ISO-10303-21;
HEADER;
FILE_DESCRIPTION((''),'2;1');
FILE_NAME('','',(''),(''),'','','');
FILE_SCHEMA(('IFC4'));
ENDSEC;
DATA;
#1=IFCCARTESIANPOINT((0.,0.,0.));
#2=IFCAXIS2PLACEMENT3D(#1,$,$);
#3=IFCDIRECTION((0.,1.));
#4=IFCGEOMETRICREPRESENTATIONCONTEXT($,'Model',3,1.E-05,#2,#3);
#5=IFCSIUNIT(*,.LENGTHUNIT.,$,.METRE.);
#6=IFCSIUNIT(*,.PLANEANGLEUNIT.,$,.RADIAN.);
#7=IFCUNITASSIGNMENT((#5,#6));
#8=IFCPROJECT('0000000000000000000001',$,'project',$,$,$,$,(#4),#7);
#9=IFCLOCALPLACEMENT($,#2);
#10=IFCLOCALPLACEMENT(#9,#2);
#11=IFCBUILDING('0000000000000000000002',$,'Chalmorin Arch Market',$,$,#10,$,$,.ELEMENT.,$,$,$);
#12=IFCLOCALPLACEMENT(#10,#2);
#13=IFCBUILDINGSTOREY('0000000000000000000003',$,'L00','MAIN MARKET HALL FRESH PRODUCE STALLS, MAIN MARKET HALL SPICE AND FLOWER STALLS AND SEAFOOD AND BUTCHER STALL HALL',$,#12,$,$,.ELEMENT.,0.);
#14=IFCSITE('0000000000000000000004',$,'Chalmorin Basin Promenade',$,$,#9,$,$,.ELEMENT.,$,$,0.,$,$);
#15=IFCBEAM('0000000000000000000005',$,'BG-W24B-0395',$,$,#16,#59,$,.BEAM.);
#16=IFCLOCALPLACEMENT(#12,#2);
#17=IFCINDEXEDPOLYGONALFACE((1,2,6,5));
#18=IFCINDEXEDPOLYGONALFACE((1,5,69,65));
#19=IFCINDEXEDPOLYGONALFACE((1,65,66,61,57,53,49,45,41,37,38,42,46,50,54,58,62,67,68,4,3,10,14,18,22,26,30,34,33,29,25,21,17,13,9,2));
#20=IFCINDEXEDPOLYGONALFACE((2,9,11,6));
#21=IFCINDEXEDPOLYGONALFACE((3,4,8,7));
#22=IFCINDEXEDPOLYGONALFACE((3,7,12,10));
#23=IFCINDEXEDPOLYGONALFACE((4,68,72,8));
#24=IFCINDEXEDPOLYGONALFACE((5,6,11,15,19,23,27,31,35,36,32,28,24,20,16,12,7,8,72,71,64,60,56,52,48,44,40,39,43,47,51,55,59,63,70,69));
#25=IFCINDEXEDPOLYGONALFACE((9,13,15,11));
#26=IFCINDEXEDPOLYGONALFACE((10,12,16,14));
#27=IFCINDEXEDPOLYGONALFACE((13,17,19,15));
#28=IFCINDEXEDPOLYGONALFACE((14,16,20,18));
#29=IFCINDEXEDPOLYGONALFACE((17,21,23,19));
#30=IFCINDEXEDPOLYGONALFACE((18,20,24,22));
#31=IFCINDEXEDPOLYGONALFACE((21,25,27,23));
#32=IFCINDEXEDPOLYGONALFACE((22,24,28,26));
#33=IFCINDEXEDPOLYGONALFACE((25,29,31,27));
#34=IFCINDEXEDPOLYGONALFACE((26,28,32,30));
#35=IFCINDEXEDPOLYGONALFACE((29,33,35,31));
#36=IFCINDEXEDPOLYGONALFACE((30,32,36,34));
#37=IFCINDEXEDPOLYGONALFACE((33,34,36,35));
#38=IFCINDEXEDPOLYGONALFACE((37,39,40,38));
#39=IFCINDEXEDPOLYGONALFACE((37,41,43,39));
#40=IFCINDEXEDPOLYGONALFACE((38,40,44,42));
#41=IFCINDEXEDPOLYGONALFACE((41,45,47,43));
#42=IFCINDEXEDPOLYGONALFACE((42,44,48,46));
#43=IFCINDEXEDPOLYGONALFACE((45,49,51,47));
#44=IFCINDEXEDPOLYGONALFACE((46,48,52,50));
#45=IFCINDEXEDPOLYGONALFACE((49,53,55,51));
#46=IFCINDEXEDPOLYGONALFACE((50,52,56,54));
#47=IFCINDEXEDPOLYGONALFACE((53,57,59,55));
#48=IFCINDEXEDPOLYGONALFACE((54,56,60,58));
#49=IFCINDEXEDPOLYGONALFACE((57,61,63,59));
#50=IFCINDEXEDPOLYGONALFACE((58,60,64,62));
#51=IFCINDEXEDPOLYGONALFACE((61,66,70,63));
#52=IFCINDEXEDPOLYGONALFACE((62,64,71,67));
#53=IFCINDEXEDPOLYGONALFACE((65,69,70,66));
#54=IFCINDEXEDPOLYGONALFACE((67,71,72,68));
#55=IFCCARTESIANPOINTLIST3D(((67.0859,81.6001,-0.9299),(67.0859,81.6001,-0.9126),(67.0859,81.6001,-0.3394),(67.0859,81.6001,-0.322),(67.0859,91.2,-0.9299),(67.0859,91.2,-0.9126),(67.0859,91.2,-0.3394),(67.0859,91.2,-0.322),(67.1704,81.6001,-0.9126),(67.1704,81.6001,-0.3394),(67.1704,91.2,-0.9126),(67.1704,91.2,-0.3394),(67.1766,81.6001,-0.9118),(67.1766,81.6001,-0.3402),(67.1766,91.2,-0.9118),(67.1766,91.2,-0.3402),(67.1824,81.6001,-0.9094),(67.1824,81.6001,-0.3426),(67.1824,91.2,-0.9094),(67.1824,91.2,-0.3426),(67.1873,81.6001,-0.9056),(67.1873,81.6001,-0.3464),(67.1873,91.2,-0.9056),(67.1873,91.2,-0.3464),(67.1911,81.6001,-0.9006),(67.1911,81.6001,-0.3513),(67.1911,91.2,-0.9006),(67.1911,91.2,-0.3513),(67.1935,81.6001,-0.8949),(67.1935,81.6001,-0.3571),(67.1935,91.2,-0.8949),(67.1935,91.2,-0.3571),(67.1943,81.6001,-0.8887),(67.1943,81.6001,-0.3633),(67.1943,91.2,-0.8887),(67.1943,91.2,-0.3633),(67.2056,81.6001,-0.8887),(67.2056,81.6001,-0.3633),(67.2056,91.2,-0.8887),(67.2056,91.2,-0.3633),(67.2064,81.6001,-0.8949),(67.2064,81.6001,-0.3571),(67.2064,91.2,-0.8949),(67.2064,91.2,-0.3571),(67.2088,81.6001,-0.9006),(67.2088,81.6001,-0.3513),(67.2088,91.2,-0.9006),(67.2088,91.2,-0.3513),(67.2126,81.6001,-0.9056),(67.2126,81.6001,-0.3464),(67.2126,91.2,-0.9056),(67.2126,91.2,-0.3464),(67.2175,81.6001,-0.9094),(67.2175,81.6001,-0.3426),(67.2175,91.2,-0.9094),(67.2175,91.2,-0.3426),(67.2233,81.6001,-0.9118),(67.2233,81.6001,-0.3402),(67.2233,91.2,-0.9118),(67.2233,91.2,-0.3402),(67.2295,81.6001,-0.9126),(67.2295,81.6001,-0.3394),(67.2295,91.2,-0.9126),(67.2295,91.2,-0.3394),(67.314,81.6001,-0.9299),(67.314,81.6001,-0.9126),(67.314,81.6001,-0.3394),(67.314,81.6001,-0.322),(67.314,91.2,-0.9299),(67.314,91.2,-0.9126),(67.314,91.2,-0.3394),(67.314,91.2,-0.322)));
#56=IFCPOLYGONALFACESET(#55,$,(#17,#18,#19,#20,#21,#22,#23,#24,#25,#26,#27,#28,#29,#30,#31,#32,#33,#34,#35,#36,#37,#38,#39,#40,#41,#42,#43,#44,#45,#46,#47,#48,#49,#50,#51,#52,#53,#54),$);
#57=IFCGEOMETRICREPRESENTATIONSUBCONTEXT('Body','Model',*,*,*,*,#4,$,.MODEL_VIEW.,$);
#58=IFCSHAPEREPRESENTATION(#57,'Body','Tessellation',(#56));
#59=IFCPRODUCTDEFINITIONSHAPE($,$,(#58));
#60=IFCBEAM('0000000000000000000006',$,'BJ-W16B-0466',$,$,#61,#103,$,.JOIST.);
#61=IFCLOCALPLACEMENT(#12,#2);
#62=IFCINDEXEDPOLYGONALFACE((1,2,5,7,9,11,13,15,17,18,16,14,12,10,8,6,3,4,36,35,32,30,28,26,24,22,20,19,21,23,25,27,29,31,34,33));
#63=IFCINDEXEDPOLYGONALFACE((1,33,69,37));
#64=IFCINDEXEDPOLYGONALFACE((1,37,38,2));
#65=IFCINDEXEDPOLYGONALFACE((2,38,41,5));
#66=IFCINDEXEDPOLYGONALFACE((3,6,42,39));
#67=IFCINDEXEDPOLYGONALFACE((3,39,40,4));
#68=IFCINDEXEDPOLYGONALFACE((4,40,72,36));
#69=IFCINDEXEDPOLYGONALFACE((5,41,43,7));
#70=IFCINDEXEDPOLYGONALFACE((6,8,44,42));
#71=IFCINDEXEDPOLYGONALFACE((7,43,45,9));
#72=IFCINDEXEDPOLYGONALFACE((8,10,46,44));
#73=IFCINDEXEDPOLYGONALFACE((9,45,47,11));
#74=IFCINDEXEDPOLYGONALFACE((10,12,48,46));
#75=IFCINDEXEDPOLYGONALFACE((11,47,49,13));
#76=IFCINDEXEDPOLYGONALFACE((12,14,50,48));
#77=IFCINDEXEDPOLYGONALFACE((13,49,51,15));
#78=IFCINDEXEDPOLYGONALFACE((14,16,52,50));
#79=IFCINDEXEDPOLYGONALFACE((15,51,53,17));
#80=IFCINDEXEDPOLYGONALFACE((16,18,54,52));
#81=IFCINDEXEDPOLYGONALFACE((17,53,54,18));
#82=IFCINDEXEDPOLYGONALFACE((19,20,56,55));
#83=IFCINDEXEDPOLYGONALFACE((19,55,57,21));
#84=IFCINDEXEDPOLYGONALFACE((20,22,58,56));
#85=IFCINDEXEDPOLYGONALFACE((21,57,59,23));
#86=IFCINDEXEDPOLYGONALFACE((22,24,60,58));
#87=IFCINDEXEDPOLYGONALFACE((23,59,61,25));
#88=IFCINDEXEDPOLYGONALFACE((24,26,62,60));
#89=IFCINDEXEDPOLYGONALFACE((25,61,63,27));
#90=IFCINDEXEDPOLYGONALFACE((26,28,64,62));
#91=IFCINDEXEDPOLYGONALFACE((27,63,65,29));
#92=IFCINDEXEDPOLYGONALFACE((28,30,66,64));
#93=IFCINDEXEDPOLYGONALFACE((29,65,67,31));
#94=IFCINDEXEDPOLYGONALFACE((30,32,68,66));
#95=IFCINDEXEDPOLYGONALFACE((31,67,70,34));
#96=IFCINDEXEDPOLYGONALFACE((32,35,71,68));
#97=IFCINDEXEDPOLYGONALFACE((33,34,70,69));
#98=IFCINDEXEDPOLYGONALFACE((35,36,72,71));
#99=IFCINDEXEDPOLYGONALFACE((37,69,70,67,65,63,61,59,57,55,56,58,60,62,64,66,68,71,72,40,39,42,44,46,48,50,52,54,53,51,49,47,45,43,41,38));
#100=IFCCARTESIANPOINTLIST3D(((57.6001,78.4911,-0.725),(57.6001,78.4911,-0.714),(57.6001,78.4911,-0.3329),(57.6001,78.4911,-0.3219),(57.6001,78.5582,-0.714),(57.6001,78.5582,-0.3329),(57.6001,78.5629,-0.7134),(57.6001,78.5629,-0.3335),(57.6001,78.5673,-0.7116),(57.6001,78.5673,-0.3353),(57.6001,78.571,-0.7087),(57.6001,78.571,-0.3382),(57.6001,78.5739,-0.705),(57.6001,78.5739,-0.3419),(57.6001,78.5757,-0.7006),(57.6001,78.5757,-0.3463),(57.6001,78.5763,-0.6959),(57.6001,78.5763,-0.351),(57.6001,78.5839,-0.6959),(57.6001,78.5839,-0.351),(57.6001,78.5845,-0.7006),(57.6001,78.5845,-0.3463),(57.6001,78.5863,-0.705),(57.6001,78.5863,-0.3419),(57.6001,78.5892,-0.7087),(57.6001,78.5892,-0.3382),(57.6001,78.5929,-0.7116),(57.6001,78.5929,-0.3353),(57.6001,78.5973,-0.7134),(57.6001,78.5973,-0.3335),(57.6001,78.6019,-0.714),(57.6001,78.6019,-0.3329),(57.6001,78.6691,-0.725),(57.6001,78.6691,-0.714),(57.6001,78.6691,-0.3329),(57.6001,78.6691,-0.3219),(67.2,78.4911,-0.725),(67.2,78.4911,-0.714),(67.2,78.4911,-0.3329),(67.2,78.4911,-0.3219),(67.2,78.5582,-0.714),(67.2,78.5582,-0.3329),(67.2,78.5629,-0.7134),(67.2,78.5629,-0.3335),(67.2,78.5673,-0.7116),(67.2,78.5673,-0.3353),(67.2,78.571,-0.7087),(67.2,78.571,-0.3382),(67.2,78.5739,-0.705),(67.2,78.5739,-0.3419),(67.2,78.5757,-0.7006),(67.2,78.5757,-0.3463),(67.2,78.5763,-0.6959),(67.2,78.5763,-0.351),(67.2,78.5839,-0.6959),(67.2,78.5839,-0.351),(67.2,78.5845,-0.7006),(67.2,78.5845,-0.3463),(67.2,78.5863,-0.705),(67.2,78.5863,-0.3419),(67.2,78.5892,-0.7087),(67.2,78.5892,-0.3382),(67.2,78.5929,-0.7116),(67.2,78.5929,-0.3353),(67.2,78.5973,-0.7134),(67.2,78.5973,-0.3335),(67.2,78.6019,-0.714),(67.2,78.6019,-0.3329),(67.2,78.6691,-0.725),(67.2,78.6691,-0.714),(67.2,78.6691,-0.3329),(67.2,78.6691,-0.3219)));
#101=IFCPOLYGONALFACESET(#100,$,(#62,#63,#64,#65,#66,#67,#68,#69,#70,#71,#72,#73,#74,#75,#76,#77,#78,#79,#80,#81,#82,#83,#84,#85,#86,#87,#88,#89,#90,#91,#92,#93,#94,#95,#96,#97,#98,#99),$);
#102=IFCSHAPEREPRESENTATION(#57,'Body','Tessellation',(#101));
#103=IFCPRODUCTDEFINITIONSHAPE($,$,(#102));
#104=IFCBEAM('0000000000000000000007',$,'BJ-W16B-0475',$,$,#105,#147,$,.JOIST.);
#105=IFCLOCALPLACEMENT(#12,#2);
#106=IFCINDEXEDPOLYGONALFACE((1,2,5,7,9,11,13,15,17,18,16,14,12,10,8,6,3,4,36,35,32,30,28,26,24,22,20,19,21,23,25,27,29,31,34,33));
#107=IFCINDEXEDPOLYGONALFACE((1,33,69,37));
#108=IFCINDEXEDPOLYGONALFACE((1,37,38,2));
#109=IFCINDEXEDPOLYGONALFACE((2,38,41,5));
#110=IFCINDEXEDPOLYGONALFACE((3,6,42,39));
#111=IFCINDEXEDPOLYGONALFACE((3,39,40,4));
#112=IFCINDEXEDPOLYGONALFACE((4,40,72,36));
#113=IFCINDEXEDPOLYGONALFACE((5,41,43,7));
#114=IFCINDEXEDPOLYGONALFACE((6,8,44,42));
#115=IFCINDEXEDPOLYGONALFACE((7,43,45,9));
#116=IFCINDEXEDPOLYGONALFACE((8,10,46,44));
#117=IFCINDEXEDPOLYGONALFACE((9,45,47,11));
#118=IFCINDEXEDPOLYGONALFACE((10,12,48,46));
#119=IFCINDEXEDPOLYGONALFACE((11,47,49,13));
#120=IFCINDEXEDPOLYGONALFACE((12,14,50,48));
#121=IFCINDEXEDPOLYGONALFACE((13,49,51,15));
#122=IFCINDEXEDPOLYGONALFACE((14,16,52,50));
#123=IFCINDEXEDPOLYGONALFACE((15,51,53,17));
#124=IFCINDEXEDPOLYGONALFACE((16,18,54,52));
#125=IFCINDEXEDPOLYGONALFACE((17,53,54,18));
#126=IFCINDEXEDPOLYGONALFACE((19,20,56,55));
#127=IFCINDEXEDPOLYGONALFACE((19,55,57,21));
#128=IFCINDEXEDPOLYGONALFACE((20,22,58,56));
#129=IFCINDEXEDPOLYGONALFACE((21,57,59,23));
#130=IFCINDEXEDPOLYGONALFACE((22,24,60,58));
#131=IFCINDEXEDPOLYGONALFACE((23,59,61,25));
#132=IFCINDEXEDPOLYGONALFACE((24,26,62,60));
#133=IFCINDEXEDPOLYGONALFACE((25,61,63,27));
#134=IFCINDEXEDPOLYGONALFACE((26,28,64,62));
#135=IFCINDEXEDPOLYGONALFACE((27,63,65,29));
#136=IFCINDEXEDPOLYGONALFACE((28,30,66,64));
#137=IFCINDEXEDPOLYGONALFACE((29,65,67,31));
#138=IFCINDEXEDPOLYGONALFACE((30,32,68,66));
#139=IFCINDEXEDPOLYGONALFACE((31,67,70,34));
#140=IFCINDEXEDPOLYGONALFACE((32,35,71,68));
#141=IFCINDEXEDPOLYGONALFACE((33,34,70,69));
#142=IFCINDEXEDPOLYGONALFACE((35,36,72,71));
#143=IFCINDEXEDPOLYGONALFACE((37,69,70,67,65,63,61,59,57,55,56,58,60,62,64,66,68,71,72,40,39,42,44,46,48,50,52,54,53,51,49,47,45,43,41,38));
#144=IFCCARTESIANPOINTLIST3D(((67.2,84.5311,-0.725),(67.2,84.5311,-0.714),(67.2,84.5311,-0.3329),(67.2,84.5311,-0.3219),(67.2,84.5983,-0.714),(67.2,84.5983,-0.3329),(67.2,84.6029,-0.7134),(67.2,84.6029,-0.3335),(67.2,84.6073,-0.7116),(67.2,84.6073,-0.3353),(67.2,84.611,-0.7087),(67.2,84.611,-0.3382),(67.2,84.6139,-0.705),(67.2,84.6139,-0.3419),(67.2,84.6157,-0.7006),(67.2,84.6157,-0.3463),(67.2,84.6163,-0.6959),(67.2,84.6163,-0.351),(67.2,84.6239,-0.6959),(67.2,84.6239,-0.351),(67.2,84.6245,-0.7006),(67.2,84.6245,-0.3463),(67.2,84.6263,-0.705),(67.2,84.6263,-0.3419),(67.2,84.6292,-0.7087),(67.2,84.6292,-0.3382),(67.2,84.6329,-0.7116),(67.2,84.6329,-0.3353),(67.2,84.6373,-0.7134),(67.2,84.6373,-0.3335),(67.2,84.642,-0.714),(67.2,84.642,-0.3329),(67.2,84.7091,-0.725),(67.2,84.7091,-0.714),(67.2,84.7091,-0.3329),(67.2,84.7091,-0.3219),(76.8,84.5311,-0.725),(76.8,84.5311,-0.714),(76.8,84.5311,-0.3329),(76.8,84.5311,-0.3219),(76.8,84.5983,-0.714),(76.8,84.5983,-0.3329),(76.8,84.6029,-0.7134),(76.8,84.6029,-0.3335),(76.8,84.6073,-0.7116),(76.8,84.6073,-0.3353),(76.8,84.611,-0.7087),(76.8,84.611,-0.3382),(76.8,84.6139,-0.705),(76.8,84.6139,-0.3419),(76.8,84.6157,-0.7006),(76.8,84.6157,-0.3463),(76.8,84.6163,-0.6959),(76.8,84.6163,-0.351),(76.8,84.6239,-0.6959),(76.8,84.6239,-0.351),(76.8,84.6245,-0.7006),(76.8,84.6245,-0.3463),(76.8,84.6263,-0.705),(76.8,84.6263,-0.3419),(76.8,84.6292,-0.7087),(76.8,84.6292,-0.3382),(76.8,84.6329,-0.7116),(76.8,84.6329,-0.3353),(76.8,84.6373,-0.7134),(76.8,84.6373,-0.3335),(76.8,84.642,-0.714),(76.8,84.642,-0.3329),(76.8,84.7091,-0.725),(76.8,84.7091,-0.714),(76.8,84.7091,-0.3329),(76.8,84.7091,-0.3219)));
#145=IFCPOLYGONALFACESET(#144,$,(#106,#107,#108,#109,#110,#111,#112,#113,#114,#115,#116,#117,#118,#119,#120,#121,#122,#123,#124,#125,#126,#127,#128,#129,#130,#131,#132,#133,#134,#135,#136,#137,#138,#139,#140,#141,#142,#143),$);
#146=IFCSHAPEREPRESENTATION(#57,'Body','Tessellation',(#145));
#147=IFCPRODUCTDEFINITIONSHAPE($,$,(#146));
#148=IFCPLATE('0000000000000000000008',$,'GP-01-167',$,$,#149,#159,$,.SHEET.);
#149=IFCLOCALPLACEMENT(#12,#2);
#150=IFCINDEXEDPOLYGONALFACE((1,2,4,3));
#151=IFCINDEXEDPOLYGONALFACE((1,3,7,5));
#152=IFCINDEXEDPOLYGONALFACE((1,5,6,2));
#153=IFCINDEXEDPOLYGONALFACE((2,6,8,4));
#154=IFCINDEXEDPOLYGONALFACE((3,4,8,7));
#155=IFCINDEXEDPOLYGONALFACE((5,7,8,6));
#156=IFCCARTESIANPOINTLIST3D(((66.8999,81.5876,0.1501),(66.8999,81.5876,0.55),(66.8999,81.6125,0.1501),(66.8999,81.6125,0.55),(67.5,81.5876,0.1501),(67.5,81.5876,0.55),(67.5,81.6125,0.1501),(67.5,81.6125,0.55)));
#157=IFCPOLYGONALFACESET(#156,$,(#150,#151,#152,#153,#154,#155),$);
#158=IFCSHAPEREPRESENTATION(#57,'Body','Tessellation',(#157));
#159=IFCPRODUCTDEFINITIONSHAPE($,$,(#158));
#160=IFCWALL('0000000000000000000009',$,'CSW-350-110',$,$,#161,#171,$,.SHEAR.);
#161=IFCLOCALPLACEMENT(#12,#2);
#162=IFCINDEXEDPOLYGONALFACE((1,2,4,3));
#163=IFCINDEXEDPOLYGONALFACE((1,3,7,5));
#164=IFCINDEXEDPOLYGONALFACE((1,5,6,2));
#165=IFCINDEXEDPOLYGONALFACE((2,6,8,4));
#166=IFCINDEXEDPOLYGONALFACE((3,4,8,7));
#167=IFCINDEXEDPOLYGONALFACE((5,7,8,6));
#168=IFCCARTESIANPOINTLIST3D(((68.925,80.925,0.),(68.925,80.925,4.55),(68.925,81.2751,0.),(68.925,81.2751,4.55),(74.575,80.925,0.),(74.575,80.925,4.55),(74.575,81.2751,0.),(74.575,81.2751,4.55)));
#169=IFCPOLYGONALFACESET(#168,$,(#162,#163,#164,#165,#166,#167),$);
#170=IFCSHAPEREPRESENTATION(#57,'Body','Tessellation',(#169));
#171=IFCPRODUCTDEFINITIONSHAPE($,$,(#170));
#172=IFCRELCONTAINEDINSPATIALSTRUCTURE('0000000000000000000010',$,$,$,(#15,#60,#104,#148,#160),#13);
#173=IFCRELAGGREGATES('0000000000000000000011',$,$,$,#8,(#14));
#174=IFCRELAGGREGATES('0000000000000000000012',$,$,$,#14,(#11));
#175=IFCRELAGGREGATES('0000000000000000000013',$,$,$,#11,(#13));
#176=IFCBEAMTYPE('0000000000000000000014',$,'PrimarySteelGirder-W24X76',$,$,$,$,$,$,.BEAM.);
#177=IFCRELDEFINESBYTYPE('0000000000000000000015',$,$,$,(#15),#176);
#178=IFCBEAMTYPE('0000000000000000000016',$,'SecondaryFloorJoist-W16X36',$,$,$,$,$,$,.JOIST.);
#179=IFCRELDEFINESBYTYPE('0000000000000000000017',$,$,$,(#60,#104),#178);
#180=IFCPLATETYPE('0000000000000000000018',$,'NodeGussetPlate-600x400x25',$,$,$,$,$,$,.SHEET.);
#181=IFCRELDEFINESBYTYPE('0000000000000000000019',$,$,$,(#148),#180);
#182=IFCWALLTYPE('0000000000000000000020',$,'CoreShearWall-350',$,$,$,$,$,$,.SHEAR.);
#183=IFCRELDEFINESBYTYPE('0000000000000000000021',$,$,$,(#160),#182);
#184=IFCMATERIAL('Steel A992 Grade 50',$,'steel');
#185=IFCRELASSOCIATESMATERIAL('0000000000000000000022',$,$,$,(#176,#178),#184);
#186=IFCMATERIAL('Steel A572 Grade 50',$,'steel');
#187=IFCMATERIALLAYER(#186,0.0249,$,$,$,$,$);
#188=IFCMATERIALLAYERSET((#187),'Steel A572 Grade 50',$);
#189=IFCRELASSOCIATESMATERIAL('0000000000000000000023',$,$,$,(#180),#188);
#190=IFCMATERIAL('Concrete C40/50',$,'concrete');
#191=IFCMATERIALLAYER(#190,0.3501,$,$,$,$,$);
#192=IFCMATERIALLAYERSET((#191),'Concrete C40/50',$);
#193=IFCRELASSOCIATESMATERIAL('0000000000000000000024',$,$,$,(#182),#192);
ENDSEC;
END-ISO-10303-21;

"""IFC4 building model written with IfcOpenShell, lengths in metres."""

from ifc_helpers import new_model, si_unit, direction, frame, frame_2d, origin, origin_2d, place, context, subcontext, project, spatial, rectangle, i_section, extrude, material, layer, layer_set, material_profile, profile_set, type_object, element, save


model = new_model("IFC4")

# Units and contexts
model_context = context("Model", 3, precision=1e-05, world=origin(), true_north=direction((0.0, 1.0)))
body_context = subcontext(model_context, "Body", "Model", "MODEL_VIEW")
ifc_project = project(units=[si_unit("LENGTHUNIT", "METRE"), si_unit("PLANEANGLEUNIT", "RADIAN")], contexts=[model_context])

# Site, building, storey
site_placement = place(None, origin())
site = spatial("IfcSite", under=ifc_project, at=site_placement, Name="Chalmorin Basin Promenade", CompositionType="ELEMENT", RefElevation=0.0)
building_placement = place(site_placement, origin())
building = spatial("IfcBuilding", under=site, at=building_placement, Name="Chalmorin Arch Market", CompositionType="ELEMENT")
storey_placement = place(building_placement, origin())
storey = spatial("IfcBuildingStorey", under=building, at=storey_placement, Name="L00", Description="MAIN MARKET HALL FRESH PRODUCE STALLS, MAIN MARKET HALL SPICE AND FLOWER STALLS AND SEAFOOD AND BUTCHER STALL HALL", CompositionType="ELEMENT", Elevation=0.0)

# Shared definitions
ifc_material_1 = material(Name="Concrete C40/50", Category="concrete")

# Beams
ifc_material_2 = material(Name="Steel A992 Grade 50", Category="steel")
ifc_material_profile_1 = material_profile(ifc_material_2, i_section(OverallWidth=0.228, OverallDepth=0.6079, WebThickness=0.0112, FlangeThickness=0.0173, FilletRadius=0.0239, at=origin_2d()), Name="W24X76")
ifc_profile_set_1 = profile_set([ifc_material_profile_1], Name="Steel A992 Grade 50")
beam_type_1 = type_object("IfcBeamType", Name="PrimarySteelGirder-W24X76", PredefinedType="BEAM", material=ifc_profile_set_1)
for number, where, z_axis, x_axis, name in (
    (1, (67.2, 81.6001, -0.626), (0.0, 1.0, 0.0), (-1.0, 0.0, 0.0), "BG-W24B-0395"),
):
    element("IfcBeam", number, at=place(storey_placement, frame(where, z_axis=z_axis, x_axis=x_axis)), inside=storey, type_object=beam_type_1, Name=name, PredefinedType="BEAM", context=body_context, shape_type="SweptSolid", body=[
        extrude(i_section(OverallWidth=0.228, OverallDepth=0.6079, WebThickness=0.0112, FlangeThickness=0.0173, FilletRadius=0.0239, at=origin_2d()), origin(), (0.0, 0.0, 1.0), 9.5999),
    ])
ifc_material_profile_2 = material_profile(ifc_material_2, i_section(OverallWidth=0.178, OverallDepth=0.4031, WebThickness=0.0076, FlangeThickness=0.011, FilletRadius=0.0181, at=origin_2d()), Name="W16X36")
ifc_profile_set_2 = profile_set([ifc_material_profile_2], Name="Steel A992 Grade 50")
beam_type_2 = type_object("IfcBeamType", Name="SecondaryFloorJoist-W16X36", PredefinedType="JOIST", material=ifc_profile_set_2)
beam_1_placement = place(storey_placement, frame((57.6001, 78.5801, -0.5234), z_axis=(1.0, 0.0, 0.0), x_axis=(0.0, 1.0, 0.0)))
element("IfcBeam", 2, at=beam_1_placement, inside=storey, type_object=beam_type_2, Name="BJ-W16B-0466", PredefinedType="JOIST", context=body_context, shape_type="SweptSolid", body=[
    extrude(i_section(OverallWidth=0.178, OverallDepth=0.4031, WebThickness=0.0076, FlangeThickness=0.011, FilletRadius=0.0181, at=origin_2d()), origin(), (0.0, 0.0, 1.0), 9.5999),
])
beam_2_placement = place(storey_placement, frame((67.2, 84.6201, -0.5234), z_axis=(1.0, 0.0, 0.0), x_axis=(0.0, 1.0, 0.0)))
element("IfcBeam", 3, at=beam_2_placement, inside=storey, type_object=beam_type_2, Name="BJ-W16B-0475", PredefinedType="JOIST", context=body_context, shape_type="SweptSolid", body=[
    extrude(i_section(OverallWidth=0.178, OverallDepth=0.4031, WebThickness=0.0076, FlangeThickness=0.011, FilletRadius=0.0181, at=origin_2d()), origin(), (0.0, 0.0, 1.0), 9.6001),
])

# Plate
ifc_material_3 = material(Name="Steel A572 Grade 50", Category="steel")
ifc_layer_1 = layer(ifc_material_3, 0.0249)
ifc_layer_set_1 = layer_set([ifc_layer_1], Name="Steel A572 Grade 50")
plate_type = type_object("IfcPlateType", Name="NodeGussetPlate-600x400x25", PredefinedType="SHEET", material=ifc_layer_set_1)
plate_placement = place(storey_placement, frame((67.2, 81.6001, 0.1501), z_axis=(0.0, 0.0, 1.0), x_axis=(1.0, 0.0, 0.0)))
element("IfcPlate", 4, at=plate_placement, inside=storey, type_object=plate_type, Name="GP-01-167", PredefinedType="SHEET", context=body_context, shape_type="SweptSolid", body=[
    extrude(rectangle(XDim=0.6001, YDim=0.0249, at=origin_2d()), origin(), (0.0, 0.0, 1.0), 0.3999),
])

# Wall
ifc_layer_2 = layer(ifc_material_1, 0.3501)
ifc_layer_set_2 = layer_set([ifc_layer_2], Name="Concrete C40/50")
wall_type_1 = type_object("IfcWallType", Name="CoreShearWall-350", PredefinedType="SHEAR", material=ifc_layer_set_2)
wall_1_placement = place(storey_placement, frame((68.925, 81.1001, 0.0), z_axis=(0.0, 0.0, 1.0), x_axis=(1.0, 0.0, 0.0)))
element("IfcWall", 5, at=wall_1_placement, inside=storey, type_object=wall_type_1, Name="CSW-350-110", PredefinedType="SHEAR", context=body_context, shape_type="SweptSolid", body=[
    extrude(rectangle(XDim=5.6499, YDim=0.3501, at=frame_2d((2.825, 0.0))), origin(), (0.0, 0.0, 1.0), 4.55),
])

save(model, "model.ifc")
